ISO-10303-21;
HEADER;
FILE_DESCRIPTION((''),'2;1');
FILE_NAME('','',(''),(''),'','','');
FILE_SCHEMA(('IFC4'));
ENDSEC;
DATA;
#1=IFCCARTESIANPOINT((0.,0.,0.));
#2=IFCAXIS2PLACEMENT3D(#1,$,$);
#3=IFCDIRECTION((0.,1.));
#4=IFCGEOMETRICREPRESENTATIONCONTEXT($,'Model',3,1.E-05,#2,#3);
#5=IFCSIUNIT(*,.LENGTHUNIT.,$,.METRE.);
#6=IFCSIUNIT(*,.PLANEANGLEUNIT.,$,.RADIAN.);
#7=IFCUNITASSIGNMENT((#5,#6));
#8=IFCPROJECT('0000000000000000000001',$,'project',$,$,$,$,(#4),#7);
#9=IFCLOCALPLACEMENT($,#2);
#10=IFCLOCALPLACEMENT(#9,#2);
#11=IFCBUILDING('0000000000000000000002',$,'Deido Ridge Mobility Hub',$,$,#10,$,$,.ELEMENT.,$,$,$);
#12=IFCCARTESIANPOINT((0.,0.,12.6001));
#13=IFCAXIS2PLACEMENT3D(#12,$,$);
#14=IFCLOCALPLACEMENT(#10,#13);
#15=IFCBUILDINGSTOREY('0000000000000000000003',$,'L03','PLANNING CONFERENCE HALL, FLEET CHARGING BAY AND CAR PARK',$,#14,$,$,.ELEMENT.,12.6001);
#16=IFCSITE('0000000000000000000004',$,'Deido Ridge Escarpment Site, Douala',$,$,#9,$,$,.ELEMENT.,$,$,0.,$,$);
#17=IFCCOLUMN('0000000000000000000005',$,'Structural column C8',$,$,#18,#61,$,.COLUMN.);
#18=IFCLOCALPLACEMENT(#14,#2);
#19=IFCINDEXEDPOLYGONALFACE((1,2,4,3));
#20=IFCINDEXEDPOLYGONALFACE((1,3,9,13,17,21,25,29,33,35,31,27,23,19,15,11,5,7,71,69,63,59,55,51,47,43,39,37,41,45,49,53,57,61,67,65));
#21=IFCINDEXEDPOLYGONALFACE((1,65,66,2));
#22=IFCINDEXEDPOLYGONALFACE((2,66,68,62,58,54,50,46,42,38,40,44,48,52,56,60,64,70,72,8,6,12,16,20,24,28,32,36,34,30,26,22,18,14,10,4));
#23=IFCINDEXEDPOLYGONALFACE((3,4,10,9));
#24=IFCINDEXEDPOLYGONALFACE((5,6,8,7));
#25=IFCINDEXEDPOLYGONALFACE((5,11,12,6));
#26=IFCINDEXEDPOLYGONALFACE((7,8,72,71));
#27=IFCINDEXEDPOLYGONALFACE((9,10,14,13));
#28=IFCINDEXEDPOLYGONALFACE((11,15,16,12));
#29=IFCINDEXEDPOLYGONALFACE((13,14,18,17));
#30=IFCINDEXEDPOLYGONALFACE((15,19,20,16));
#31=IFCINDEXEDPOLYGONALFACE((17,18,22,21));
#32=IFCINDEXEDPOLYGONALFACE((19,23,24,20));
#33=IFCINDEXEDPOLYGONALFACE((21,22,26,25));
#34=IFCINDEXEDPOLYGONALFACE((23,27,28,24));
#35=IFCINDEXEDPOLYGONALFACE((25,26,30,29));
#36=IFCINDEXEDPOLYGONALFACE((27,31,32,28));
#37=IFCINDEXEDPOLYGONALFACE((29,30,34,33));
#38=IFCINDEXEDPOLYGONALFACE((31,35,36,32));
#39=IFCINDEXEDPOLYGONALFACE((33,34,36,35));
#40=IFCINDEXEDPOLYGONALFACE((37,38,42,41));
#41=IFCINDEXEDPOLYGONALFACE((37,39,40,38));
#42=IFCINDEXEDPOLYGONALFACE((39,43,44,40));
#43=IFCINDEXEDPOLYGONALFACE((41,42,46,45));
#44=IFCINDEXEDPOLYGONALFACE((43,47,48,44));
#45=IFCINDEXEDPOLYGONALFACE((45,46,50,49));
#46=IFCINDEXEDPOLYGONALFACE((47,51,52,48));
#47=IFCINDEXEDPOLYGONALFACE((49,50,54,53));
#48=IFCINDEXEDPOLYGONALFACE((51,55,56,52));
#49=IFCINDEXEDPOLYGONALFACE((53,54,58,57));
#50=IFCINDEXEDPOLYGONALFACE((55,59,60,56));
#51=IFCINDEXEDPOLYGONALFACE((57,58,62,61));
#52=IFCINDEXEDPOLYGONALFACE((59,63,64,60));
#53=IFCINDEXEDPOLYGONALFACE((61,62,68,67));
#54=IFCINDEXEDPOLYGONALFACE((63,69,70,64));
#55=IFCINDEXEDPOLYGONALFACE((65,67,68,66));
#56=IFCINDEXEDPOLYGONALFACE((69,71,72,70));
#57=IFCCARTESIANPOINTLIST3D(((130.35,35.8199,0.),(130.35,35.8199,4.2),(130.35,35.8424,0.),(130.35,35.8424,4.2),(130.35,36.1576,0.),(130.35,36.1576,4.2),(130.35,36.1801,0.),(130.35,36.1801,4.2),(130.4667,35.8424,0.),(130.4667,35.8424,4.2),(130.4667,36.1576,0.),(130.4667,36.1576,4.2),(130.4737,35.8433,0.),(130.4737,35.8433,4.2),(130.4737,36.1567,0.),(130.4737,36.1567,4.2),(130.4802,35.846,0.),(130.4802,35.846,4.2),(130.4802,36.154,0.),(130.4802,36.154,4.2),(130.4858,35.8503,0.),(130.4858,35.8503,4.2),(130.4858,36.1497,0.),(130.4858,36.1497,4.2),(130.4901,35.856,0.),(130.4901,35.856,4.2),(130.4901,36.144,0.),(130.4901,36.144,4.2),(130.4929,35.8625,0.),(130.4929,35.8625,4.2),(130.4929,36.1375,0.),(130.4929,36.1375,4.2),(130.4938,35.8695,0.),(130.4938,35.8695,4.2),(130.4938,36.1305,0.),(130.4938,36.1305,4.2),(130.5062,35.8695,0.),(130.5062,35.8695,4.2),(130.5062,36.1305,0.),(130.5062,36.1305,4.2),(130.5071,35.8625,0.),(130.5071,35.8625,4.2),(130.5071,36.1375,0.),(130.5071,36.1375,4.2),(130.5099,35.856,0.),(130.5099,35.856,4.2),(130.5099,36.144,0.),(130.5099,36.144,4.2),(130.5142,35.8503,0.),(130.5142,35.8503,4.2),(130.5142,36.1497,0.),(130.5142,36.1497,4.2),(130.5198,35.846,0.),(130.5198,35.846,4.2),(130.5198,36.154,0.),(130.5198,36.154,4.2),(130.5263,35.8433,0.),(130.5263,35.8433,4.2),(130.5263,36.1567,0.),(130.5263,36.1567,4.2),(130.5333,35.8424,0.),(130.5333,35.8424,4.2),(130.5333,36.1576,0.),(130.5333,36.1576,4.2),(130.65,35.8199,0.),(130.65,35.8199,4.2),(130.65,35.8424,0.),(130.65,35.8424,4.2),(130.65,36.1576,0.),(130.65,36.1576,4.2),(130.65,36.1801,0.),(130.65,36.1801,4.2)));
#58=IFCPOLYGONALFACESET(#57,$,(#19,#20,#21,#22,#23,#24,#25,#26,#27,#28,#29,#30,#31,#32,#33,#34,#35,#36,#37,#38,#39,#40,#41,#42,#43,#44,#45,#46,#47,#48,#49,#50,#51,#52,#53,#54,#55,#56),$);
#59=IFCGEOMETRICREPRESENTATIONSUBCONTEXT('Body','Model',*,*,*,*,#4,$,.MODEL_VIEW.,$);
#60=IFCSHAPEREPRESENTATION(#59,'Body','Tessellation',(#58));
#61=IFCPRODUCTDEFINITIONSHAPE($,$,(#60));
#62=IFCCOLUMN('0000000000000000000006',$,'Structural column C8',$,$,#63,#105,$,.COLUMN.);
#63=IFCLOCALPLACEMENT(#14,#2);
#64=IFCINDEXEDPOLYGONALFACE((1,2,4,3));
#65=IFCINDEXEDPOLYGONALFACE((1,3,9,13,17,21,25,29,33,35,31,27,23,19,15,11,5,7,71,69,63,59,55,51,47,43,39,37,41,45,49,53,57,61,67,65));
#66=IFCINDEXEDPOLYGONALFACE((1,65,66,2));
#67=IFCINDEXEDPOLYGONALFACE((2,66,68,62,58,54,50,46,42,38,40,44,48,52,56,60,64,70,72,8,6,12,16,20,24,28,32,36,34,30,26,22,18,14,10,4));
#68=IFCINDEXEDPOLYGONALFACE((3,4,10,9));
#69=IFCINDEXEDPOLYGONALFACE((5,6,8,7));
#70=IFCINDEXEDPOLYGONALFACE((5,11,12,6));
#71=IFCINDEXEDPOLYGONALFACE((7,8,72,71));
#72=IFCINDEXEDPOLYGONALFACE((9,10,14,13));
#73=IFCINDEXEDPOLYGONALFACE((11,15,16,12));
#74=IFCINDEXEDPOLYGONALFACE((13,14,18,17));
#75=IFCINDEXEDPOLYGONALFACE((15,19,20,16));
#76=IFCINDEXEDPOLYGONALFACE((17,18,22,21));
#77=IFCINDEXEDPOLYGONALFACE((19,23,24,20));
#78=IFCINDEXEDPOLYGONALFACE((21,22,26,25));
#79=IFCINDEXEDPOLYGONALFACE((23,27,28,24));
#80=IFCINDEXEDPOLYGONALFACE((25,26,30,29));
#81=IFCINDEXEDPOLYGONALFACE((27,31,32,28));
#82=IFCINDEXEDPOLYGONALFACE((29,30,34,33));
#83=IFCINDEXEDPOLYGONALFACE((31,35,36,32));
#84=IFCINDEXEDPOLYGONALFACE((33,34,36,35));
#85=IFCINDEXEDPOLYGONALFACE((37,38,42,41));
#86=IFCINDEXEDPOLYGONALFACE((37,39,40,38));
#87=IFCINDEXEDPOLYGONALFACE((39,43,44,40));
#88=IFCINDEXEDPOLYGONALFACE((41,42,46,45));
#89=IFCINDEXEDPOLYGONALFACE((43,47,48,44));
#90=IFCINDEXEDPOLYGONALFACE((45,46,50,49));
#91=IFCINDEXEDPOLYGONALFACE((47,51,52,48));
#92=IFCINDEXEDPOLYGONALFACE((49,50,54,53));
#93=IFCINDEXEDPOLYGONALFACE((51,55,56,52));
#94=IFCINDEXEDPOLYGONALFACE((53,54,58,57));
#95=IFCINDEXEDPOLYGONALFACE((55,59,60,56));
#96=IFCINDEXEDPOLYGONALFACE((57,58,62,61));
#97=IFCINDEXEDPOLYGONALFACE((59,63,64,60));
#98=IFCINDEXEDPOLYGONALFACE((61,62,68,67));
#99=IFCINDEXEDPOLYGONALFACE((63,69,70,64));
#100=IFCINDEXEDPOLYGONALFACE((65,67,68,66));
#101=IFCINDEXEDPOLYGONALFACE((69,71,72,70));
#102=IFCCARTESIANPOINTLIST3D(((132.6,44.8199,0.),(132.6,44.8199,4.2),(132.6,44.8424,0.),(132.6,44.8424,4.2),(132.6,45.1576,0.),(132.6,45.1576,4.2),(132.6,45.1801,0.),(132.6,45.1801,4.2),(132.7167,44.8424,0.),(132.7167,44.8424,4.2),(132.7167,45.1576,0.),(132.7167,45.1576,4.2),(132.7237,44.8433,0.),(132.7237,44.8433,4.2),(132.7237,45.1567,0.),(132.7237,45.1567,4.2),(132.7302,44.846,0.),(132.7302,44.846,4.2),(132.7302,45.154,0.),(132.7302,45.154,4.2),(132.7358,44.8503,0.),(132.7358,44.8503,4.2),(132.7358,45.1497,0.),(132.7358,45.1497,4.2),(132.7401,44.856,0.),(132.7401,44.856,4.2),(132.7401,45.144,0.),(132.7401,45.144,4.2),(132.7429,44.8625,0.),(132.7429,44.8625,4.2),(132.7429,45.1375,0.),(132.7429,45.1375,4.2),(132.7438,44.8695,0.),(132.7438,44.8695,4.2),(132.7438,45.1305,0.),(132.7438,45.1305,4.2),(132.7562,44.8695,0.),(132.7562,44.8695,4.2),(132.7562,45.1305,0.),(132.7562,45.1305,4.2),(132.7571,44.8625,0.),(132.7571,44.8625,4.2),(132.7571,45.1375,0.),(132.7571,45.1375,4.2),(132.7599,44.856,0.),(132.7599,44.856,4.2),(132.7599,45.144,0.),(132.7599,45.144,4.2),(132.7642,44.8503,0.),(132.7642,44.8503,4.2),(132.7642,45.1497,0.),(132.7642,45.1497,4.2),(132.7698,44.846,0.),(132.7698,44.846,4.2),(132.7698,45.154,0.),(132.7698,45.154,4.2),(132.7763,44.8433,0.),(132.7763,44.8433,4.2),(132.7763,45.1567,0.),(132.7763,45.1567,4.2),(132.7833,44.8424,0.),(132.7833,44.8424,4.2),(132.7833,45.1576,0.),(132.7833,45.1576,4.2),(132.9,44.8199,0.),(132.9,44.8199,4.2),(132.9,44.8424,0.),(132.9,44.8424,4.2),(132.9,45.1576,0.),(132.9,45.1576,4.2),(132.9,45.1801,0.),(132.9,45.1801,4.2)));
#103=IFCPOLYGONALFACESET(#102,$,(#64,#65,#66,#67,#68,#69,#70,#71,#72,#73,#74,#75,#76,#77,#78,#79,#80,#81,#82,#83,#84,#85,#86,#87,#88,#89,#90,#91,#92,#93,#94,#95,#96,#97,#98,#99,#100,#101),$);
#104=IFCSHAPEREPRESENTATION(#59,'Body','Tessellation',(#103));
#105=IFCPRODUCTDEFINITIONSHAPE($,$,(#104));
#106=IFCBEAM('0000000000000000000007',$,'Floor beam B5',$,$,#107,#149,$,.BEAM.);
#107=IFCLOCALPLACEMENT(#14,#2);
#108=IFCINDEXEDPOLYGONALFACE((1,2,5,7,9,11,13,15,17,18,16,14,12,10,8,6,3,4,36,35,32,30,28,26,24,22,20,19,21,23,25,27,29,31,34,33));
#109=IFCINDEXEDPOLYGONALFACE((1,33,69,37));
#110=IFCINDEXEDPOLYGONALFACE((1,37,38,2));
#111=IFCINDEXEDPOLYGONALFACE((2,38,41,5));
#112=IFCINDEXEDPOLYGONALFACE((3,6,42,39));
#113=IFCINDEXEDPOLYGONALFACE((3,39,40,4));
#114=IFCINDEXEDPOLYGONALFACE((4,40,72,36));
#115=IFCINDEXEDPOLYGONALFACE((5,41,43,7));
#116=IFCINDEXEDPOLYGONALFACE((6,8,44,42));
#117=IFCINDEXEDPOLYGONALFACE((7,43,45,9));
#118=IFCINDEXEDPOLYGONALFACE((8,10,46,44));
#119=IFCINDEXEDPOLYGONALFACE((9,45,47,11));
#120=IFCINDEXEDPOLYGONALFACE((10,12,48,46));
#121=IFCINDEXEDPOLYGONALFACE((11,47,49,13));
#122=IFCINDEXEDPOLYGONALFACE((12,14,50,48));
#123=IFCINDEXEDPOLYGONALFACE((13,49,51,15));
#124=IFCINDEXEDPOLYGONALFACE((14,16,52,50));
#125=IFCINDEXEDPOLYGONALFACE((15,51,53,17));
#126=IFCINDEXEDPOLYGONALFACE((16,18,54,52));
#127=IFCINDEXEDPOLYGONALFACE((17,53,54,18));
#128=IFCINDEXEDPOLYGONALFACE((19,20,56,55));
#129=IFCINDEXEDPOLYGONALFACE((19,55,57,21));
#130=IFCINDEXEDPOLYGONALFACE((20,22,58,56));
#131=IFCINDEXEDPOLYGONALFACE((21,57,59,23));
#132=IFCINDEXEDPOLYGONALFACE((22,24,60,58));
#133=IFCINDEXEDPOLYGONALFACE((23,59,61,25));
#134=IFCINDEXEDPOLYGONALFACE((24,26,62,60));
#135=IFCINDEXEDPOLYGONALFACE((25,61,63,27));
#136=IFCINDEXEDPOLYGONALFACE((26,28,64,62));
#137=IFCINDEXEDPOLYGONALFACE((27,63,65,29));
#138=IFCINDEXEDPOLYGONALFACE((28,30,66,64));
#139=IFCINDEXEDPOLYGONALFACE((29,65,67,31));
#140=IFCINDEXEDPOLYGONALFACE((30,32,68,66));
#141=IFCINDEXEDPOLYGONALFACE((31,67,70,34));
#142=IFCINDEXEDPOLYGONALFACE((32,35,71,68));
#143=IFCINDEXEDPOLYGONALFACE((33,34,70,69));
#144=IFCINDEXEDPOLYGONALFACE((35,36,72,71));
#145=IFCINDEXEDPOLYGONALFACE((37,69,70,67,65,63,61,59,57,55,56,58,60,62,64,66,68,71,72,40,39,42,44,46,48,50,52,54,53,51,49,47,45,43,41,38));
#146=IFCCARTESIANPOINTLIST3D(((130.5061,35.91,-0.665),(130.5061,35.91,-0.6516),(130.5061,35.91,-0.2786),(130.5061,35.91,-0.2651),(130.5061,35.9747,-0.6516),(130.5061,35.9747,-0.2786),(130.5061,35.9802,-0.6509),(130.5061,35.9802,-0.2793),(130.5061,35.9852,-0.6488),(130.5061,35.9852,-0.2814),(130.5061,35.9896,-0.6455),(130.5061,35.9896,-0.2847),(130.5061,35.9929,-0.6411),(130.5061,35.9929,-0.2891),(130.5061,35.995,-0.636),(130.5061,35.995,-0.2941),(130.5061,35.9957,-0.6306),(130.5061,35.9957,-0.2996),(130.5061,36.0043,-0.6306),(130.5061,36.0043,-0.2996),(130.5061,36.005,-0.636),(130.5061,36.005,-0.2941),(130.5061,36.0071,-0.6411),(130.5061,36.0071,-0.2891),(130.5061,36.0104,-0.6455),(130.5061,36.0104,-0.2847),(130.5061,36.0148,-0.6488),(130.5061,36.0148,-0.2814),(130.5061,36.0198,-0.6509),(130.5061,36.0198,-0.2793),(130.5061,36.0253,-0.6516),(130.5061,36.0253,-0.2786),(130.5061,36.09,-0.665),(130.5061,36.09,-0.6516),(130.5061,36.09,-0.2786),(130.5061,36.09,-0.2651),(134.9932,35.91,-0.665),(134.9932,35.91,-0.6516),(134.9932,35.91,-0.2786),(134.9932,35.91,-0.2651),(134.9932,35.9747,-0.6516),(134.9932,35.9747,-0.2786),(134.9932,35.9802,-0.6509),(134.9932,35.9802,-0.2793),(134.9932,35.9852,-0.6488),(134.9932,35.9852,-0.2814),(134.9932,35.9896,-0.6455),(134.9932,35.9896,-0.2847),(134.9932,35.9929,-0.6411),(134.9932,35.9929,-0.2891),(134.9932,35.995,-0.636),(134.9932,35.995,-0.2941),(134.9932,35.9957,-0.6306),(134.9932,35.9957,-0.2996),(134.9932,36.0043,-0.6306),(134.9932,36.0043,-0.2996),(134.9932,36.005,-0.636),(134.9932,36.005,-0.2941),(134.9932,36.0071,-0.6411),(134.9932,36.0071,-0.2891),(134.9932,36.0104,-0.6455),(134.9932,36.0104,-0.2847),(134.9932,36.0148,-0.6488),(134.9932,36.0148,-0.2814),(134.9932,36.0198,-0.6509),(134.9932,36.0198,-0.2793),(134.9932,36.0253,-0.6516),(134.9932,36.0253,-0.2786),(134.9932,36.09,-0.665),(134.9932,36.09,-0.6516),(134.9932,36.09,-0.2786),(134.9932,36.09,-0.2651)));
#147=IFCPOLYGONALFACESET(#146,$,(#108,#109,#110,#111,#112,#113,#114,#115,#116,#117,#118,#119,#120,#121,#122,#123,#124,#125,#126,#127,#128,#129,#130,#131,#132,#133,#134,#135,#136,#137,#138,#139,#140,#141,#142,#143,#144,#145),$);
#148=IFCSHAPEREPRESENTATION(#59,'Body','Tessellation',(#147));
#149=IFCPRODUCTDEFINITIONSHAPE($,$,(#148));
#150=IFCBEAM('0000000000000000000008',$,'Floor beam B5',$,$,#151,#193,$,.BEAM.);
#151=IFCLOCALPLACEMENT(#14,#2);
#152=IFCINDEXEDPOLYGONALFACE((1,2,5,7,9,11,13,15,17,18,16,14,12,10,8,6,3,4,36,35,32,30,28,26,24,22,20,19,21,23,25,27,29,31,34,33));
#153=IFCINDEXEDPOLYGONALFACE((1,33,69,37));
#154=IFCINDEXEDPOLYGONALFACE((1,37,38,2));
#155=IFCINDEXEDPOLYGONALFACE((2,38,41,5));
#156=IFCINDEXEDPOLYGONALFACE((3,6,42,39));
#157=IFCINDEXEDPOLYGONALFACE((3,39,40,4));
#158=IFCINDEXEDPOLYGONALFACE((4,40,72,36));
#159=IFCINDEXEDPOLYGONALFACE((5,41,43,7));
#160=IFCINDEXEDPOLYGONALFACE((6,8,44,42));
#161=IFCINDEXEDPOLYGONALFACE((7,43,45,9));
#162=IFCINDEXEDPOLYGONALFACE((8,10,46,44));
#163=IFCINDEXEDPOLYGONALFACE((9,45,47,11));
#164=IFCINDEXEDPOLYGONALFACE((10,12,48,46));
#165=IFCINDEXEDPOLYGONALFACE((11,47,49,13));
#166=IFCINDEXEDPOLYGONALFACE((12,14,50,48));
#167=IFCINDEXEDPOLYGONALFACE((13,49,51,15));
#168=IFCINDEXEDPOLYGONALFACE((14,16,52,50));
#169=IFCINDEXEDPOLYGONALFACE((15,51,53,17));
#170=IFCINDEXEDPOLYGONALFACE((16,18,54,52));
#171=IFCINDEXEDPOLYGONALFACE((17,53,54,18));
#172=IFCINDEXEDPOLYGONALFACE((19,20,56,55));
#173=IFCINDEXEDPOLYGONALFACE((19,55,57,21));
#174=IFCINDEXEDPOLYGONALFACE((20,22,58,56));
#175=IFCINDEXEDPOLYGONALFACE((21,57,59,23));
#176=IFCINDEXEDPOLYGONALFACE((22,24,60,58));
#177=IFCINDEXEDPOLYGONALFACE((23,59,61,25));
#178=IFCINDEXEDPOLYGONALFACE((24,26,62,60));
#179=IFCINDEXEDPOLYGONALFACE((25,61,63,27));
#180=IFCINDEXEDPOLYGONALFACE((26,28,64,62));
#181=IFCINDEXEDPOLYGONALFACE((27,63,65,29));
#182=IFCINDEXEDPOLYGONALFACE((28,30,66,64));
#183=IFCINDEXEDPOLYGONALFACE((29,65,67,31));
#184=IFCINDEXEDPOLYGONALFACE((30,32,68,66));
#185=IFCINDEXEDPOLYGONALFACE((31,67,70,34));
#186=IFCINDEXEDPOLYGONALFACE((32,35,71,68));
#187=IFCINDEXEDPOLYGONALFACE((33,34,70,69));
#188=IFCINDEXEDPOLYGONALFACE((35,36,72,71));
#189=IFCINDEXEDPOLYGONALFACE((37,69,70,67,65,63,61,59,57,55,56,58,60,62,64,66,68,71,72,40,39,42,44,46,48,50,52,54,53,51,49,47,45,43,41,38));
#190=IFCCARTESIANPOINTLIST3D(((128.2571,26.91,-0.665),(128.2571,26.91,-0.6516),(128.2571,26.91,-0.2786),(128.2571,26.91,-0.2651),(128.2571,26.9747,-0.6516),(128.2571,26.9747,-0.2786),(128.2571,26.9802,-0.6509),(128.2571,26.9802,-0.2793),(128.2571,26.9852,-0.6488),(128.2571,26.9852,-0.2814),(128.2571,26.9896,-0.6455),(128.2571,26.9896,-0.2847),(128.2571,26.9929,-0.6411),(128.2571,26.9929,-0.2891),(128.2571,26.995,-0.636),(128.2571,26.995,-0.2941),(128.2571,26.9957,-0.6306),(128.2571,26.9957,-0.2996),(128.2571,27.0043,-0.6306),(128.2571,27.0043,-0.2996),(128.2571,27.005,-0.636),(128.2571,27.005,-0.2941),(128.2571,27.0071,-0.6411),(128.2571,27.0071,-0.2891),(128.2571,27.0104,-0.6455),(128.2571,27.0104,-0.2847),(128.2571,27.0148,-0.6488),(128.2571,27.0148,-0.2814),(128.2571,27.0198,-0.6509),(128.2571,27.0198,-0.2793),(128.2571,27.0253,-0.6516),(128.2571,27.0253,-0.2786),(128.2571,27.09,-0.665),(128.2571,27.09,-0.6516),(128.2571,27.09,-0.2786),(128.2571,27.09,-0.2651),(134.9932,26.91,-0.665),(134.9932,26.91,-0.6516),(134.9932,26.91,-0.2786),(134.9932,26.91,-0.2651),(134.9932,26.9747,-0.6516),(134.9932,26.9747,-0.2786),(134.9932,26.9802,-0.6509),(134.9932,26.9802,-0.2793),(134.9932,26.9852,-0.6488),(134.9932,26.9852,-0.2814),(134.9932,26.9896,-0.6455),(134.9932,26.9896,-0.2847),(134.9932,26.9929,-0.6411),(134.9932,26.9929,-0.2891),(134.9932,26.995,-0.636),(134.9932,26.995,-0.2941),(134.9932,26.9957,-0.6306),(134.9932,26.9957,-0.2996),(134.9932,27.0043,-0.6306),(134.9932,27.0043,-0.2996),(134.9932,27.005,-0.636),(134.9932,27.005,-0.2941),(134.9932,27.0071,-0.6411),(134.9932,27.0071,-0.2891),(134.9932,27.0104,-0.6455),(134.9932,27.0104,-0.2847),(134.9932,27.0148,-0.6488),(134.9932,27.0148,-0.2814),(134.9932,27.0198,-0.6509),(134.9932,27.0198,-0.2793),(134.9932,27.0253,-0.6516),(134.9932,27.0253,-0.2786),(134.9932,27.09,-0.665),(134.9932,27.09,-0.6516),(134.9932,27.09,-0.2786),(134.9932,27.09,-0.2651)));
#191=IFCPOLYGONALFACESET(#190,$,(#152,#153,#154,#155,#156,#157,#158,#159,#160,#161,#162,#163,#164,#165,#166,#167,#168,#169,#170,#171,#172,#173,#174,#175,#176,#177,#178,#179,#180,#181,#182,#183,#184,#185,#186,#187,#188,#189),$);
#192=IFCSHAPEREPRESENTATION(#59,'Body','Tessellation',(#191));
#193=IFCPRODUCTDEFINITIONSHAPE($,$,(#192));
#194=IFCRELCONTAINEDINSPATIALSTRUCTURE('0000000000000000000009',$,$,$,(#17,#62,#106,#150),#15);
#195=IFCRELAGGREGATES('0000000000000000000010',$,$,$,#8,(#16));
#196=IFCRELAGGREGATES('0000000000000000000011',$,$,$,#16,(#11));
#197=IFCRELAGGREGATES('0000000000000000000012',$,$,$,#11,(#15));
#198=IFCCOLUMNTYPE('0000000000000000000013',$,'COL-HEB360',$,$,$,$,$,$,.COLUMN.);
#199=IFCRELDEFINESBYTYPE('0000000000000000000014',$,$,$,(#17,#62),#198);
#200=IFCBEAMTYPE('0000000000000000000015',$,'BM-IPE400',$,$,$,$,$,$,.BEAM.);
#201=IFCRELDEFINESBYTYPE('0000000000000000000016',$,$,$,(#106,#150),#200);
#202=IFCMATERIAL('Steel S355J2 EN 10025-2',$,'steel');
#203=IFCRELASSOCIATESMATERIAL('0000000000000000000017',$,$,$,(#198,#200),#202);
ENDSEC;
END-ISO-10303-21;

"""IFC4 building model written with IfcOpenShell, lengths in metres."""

from ifc_helpers import new_model, si_unit, direction, frame, origin, origin_2d, place, context, subcontext, project, spatial, i_section, extrude, material, material_profile, profile_set, type_object, element, save


model = new_model("IFC4")

# Units and contexts
model_context = context("Model", 3, precision=1e-05, world=origin(), true_north=direction((0.0, 1.0)))
body_context = subcontext(model_context, "Body", "Model", "MODEL_VIEW")
ifc_project = project(units=[si_unit("LENGTHUNIT", "METRE"), si_unit("PLANEANGLEUNIT", "RADIAN")], contexts=[model_context])

# Site, building, storey
site_placement = place(None, origin())
site = spatial("IfcSite", under=ifc_project, at=site_placement, Name="Deido Ridge Escarpment Site, Douala", CompositionType="ELEMENT", RefElevation=0.0)
building_placement = place(site_placement, origin())
building = spatial("IfcBuilding", under=site, at=building_placement, Name="Deido Ridge Mobility Hub", CompositionType="ELEMENT")
storey_placement = place(building_placement, frame((0.0, 0.0, 12.6001)))
storey = spatial("IfcBuildingStorey", under=building, at=storey_placement, Name="L03", Description="PLANNING CONFERENCE HALL, FLEET CHARGING BAY AND CAR PARK", CompositionType="ELEMENT", Elevation=12.6001)

# Columns
ifc_material_1 = material(Name="Steel S355J2 EN 10025-2", Category="steel")
ifc_material_profile_1 = material_profile(ifc_material_1, i_section(OverallWidth=0.3, OverallDepth=0.3601, WebThickness=0.0125, FlangeThickness=0.0225, FilletRadius=0.0271, at=origin_2d()), Name="HEB 360")
ifc_profile_set_1 = profile_set([ifc_material_profile_1], Name="Steel S355J2 EN 10025-2")
column_type = type_object("IfcColumnType", Name="COL-HEB360", PredefinedType="COLUMN", material=ifc_profile_set_1)
for number, where, z_axis, x_axis, name in (
    (1, (130.5, 36.0, 0.0), (0.0, 0.0, 1.0), (1.0, 0.0, 0.0), "Structural column C8"),
    (2, (132.75, 45.0, 0.0), (0.0, 0.0, 1.0), (1.0, 0.0, 0.0), "Structural column C8"),
):
    element("IfcColumn", number, at=place(storey_placement, frame(where, z_axis=z_axis, x_axis=x_axis)), inside=storey, type_object=column_type, Name=name, PredefinedType="COLUMN", context=body_context, shape_type="SweptSolid", body=[
        extrude(i_section(OverallWidth=0.3, OverallDepth=0.3601, WebThickness=0.0125, FlangeThickness=0.0225, FilletRadius=0.0271, at=origin_2d()), origin(), (0.0, 0.0, 1.0), 4.2),
    ])

# Beams
ifc_material_profile_2 = material_profile(ifc_material_1, i_section(OverallWidth=0.1799, OverallDepth=0.3999, WebThickness=0.0085, FlangeThickness=0.0134, FilletRadius=0.021, at=origin_2d()), Name="IPE 400")
ifc_profile_set_2 = profile_set([ifc_material_profile_2], Name="Steel S355J2 EN 10025-2")
beam_type = type_object("IfcBeamType", Name="BM-IPE400", PredefinedType="BEAM", material=ifc_profile_set_2)
beam_1_placement = place(storey_placement, frame((130.5061, 36.0, -0.4651), z_axis=(1.0, 0.0, 0.0), x_axis=(0.0, 1.0, 0.0)))
element("IfcBeam", 3, at=beam_1_placement, inside=storey, type_object=beam_type, Name="Floor beam B5", PredefinedType="BEAM", context=body_context, shape_type="SweptSolid", body=[
    extrude(i_section(OverallWidth=0.1799, OverallDepth=0.3999, WebThickness=0.0085, FlangeThickness=0.0134, FilletRadius=0.021, at=origin_2d()), origin(), (0.0, 0.0, 1.0), 4.4871),
])
beam_2_placement = place(storey_placement, frame((128.2571, 27.0, -0.4651), z_axis=(1.0, 0.0, 0.0), x_axis=(0.0, 1.0, 0.0)))
element("IfcBeam", 4, at=beam_2_placement, inside=storey, type_object=beam_type, Name="Floor beam B5", PredefinedType="BEAM", context=body_context, shape_type="SweptSolid", body=[
    extrude(i_section(OverallWidth=0.1799, OverallDepth=0.3999, WebThickness=0.0085, FlangeThickness=0.0134, FilletRadius=0.021, at=origin_2d()), origin(), (0.0, 0.0, 1.0), 6.7361),
])

save(model, "model.ifc")
